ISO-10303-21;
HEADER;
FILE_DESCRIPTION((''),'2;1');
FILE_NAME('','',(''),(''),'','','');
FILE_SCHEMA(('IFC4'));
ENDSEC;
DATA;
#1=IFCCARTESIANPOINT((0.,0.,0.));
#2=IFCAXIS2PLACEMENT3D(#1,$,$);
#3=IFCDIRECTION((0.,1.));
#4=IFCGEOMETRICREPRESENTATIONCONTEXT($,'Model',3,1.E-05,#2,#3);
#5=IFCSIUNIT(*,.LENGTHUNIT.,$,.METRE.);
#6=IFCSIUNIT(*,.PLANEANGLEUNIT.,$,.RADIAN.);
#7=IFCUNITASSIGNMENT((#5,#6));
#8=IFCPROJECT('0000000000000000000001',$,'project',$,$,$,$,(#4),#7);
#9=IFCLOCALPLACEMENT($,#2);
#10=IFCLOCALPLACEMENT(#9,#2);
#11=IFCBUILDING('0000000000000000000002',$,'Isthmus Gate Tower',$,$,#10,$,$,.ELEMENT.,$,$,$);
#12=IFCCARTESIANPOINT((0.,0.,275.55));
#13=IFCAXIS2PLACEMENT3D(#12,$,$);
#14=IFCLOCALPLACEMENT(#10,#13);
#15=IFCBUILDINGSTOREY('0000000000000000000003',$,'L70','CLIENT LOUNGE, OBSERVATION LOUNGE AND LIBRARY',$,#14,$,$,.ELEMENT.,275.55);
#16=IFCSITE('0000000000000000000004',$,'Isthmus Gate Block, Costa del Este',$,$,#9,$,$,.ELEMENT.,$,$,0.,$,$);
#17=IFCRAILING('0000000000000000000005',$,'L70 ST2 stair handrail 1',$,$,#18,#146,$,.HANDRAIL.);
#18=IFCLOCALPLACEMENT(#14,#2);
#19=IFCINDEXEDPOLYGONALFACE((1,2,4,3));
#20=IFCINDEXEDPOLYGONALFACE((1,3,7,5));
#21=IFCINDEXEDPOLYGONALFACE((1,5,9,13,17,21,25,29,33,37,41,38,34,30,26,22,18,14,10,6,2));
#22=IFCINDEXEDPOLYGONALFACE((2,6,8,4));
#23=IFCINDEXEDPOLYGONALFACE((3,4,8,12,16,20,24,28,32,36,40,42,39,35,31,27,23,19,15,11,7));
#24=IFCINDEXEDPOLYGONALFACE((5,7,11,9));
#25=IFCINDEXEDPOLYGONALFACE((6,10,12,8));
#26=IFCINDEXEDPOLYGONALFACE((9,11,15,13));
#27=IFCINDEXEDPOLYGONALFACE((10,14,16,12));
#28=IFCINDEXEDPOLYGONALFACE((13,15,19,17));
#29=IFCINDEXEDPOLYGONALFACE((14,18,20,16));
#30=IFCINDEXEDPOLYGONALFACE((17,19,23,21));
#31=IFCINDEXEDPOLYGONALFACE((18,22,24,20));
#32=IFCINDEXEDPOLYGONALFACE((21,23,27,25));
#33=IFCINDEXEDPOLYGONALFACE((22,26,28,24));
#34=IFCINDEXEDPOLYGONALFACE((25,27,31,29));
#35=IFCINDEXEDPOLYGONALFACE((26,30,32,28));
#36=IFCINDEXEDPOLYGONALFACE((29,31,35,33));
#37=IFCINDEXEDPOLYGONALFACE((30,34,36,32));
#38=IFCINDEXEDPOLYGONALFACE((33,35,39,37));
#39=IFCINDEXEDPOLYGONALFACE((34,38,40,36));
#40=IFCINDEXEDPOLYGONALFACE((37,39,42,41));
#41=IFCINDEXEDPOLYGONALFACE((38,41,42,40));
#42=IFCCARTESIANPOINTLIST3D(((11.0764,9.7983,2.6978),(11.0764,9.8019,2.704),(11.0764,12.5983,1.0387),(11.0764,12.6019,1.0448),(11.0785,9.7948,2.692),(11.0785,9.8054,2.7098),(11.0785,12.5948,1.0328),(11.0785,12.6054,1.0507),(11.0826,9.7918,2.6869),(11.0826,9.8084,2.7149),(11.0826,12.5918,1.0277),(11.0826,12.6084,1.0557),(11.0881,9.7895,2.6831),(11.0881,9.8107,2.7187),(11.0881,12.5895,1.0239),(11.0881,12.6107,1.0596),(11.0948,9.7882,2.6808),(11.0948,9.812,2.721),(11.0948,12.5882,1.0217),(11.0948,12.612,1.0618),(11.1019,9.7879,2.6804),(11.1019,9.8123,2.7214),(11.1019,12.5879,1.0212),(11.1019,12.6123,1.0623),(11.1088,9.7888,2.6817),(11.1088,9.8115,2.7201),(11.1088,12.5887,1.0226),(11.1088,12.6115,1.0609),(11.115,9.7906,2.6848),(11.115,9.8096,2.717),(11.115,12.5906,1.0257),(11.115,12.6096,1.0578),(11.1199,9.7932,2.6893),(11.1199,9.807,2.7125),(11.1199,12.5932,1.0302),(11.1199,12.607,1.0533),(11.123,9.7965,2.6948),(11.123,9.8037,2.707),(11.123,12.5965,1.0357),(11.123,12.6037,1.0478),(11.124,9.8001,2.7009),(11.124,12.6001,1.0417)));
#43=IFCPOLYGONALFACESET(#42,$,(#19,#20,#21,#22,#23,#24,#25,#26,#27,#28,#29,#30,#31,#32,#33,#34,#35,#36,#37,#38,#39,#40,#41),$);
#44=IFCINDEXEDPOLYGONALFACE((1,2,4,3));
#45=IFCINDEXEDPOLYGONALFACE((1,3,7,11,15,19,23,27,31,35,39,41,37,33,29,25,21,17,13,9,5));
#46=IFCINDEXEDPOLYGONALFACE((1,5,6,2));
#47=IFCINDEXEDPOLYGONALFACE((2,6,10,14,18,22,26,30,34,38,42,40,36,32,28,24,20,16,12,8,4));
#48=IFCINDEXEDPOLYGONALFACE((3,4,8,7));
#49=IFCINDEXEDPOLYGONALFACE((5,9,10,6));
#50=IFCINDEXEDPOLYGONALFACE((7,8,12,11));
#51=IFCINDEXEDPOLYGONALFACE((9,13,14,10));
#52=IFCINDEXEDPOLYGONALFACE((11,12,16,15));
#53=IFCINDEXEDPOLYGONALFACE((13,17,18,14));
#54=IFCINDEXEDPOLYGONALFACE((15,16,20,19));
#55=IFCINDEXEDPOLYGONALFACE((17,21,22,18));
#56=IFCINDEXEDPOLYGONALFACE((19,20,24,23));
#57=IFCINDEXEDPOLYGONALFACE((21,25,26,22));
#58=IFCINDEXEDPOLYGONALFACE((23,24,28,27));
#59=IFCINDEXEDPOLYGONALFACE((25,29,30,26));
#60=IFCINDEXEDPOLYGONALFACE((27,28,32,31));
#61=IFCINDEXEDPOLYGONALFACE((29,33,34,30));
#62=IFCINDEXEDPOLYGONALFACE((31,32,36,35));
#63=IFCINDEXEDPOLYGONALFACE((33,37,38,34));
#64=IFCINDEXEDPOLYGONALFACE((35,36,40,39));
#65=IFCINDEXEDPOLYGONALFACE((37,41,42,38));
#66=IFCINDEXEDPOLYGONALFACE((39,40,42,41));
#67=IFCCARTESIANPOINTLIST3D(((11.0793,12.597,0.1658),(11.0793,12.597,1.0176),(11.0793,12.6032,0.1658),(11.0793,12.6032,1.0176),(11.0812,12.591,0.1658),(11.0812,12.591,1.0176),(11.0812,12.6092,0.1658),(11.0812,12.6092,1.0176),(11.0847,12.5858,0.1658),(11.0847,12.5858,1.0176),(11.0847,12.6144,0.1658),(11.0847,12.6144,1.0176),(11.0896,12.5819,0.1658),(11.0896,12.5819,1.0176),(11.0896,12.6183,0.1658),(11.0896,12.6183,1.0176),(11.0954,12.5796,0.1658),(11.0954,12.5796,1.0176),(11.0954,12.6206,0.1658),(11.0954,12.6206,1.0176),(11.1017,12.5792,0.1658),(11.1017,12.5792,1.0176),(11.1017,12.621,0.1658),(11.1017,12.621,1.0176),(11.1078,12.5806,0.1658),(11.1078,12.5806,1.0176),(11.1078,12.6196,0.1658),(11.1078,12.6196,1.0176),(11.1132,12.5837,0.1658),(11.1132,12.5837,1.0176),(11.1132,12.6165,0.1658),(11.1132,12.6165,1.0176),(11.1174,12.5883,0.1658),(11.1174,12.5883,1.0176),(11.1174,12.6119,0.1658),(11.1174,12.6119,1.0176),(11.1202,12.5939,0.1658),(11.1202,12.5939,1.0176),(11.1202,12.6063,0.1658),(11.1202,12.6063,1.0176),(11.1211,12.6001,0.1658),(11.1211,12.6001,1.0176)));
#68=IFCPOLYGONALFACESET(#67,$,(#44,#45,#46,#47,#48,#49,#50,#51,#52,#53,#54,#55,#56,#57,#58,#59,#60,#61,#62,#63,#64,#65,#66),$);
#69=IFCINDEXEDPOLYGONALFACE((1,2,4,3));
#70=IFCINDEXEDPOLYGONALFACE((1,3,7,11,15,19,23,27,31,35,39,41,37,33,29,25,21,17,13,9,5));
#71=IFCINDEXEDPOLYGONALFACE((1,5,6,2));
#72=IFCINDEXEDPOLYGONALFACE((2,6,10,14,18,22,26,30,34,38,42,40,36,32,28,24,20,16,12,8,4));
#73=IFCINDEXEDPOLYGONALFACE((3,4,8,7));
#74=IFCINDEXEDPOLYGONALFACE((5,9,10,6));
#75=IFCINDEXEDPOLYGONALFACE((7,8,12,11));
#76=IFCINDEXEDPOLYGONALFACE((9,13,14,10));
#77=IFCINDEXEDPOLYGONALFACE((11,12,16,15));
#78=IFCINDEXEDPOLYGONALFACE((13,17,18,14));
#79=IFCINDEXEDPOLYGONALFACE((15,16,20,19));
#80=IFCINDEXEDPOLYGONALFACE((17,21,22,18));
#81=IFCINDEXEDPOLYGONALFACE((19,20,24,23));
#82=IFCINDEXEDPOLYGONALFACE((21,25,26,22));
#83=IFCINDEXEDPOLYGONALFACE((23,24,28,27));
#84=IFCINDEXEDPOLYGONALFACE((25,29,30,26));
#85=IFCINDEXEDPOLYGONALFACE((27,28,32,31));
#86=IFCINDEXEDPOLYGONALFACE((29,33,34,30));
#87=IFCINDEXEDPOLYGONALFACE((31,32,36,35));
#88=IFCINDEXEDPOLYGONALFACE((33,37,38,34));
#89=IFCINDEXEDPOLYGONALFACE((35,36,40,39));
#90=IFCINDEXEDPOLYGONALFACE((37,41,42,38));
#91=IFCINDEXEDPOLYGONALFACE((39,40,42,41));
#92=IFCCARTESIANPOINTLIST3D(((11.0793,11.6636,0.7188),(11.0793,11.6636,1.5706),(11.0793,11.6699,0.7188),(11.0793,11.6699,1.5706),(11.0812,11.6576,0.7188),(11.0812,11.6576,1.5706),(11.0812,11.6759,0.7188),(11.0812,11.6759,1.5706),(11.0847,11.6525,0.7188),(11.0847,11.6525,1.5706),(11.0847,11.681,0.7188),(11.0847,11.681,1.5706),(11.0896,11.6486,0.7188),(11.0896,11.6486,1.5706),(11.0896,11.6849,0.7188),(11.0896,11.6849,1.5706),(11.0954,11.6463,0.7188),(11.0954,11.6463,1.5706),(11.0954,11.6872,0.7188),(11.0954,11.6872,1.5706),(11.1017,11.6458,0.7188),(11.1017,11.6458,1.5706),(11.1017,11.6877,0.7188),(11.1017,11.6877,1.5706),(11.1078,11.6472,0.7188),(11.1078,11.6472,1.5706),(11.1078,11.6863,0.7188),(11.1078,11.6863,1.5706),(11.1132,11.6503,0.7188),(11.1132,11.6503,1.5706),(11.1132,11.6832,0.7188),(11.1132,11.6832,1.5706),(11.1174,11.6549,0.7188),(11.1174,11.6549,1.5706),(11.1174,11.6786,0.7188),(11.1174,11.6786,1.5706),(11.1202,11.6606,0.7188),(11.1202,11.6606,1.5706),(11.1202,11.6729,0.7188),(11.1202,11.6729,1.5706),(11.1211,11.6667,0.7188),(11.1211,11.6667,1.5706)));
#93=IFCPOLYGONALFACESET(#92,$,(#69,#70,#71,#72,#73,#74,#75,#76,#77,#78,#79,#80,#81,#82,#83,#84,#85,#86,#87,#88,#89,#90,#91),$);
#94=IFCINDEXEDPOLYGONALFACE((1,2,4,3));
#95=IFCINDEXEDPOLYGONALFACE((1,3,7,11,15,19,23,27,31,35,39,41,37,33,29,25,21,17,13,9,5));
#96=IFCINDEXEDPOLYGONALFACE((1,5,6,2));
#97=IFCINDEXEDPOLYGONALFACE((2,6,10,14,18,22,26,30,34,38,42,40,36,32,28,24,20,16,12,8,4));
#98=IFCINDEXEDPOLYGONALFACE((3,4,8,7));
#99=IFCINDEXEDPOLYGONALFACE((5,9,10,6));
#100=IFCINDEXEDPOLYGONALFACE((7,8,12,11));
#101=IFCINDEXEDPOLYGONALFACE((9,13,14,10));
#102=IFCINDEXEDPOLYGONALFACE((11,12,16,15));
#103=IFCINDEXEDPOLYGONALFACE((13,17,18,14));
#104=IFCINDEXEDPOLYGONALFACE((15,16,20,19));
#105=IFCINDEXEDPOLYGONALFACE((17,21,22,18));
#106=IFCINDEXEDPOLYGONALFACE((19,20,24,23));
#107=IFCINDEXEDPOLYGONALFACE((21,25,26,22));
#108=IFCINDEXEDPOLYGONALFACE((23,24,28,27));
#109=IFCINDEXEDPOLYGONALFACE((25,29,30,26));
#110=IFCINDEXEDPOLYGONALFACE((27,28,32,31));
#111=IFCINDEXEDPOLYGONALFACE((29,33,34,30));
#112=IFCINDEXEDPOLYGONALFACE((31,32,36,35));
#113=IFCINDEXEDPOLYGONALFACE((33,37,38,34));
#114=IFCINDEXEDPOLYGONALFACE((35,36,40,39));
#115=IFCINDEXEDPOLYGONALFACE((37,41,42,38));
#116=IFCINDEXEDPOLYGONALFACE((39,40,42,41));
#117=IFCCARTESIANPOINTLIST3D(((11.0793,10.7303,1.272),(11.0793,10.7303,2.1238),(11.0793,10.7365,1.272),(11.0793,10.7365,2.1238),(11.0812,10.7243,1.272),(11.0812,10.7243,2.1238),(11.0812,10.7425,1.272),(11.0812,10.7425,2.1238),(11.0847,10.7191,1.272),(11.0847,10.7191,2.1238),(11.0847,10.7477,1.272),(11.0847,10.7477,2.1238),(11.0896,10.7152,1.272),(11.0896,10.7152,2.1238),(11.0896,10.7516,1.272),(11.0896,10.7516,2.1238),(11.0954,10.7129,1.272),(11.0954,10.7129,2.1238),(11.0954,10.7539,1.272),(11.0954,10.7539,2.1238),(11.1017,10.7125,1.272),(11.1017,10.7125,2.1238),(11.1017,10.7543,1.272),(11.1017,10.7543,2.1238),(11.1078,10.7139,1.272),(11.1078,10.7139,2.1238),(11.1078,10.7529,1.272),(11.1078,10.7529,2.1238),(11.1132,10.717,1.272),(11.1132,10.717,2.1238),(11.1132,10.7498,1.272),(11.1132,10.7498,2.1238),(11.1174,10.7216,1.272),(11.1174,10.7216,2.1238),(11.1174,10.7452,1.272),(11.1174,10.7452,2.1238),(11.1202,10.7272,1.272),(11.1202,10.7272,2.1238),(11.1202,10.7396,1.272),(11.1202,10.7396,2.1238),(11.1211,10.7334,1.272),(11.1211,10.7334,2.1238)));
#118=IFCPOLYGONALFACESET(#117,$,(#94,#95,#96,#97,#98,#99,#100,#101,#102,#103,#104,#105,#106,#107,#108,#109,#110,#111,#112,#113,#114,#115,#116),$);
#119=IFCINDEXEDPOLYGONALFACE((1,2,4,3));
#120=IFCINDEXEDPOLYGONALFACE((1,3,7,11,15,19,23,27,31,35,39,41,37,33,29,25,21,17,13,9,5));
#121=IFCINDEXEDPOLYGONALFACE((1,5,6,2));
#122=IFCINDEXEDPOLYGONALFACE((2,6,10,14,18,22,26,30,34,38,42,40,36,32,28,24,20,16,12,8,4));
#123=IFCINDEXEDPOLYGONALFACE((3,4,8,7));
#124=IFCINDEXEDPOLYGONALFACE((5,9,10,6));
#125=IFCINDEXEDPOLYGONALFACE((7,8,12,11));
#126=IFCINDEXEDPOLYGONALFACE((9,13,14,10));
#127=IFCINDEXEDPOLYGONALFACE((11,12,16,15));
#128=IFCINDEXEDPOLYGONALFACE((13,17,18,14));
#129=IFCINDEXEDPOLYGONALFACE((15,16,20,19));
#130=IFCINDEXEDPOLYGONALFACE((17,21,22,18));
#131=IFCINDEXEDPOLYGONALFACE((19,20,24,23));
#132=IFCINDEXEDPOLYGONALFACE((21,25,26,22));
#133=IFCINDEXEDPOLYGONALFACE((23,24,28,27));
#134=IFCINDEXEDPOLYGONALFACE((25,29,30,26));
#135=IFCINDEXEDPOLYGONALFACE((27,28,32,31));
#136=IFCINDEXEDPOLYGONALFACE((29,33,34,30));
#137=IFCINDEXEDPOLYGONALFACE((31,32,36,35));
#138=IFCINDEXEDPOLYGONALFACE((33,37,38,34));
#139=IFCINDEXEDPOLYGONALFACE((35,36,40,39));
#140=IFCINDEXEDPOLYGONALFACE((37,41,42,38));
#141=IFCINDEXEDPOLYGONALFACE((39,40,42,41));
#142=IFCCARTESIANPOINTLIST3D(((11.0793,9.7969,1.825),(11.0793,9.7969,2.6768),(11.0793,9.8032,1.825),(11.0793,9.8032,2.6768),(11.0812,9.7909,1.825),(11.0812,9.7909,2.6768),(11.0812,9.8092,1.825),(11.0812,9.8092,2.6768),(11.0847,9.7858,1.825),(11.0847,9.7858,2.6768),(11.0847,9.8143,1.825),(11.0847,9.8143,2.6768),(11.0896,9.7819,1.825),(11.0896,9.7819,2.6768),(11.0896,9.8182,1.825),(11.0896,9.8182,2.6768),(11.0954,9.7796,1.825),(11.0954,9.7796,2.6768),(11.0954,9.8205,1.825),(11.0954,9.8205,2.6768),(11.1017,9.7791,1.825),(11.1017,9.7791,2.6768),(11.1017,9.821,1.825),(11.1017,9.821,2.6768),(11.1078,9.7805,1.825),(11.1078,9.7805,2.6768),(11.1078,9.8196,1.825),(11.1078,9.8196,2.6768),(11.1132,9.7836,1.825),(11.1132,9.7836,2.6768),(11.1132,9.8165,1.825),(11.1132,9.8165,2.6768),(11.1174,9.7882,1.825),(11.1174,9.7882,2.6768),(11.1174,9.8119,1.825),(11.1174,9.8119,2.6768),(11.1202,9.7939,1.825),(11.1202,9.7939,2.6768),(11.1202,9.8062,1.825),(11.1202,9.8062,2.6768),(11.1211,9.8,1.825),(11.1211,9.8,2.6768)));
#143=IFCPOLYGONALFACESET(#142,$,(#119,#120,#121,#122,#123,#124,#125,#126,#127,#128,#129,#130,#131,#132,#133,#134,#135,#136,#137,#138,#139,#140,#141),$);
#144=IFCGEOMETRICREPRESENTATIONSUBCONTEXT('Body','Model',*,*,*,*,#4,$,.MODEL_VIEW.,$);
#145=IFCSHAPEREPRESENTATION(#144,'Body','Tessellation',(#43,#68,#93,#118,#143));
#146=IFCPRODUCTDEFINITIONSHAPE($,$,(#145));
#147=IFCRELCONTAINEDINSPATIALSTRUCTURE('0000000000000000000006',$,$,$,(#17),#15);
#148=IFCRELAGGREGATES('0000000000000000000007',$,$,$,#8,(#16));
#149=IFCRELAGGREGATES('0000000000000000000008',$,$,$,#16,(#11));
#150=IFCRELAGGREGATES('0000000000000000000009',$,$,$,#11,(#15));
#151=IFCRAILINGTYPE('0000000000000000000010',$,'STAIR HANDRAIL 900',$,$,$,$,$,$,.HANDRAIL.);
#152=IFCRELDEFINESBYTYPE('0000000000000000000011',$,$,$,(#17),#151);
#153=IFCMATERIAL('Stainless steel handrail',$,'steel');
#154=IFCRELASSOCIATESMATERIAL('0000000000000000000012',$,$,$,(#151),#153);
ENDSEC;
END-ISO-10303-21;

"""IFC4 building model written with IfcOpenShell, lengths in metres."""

from ifc_helpers import new_model, si_unit, direction, frame, origin, origin_2d, place, context, subcontext, project, spatial, circle, extrude, material, type_object, element, save


model = new_model("IFC4")

# Units and contexts
model_context = context("Model", 3, precision=1e-05, world=origin(), true_north=direction((0.0, 1.0)))
body_context = subcontext(model_context, "Body", "Model", "MODEL_VIEW")
ifc_project = project(units=[si_unit("LENGTHUNIT", "METRE"), si_unit("PLANEANGLEUNIT", "RADIAN")], contexts=[model_context])

# Site, building, storey
site_placement = place(None, origin())
site = spatial("IfcSite", under=ifc_project, at=site_placement, Name="Isthmus Gate Block, Costa del Este", CompositionType="ELEMENT", RefElevation=0.0)
building_placement = place(site_placement, origin())
building = spatial("IfcBuilding", under=site, at=building_placement, Name="Isthmus Gate Tower", CompositionType="ELEMENT")
storey_placement = place(building_placement, frame((0.0, 0.0, 275.55)))
storey = spatial("IfcBuildingStorey", under=building, at=storey_placement, Name="L70", Description="CLIENT LOUNGE, OBSERVATION LOUNGE AND LIBRARY", CompositionType="ELEMENT", Elevation=275.55)

# Railing
ifc_material_1 = material(Name="Stainless steel handrail", Category="steel")
railing_type = type_object("IfcRailingType", Name="STAIR HANDRAIL 900", PredefinedType="HANDRAIL", material=ifc_material_1)
railing_1_placement = place(storey_placement, frame((11.1001, 12.6001, 0.1658)))
element("IfcRailing", 1, at=railing_1_placement, inside=storey, type_object=railing_type, Name="L70 ST2 stair handrail 1", PredefinedType="HANDRAIL", context=body_context, shape_type="SweptSolid", body=[
    extrude(circle(Radius=0.0239, at=origin_2d()), frame((0.0, 0.0, 0.876), z_axis=(0.0, -0.860306, 0.509778), x_axis=(1.0, 0.0, 0.0)), (0.0, 0.0, 1.0), 3.2546),
    extrude(circle(Radius=0.021, at=origin_2d()), origin(), (0.0, 0.0, 1.0), 0.8518),
    extrude(circle(Radius=0.021, at=origin_2d()), frame((0.0, -0.9333, 0.553)), (0.0, 0.0, 1.0), 0.8518),
    extrude(circle(Radius=0.021, at=origin_2d()), frame((0.0, -1.8667, 1.1062)), (0.0, 0.0, 1.0), 0.8518),
    extrude(circle(Radius=0.021, at=origin_2d()), frame((0.0, -2.8, 1.6592)), (0.0, 0.0, 1.0), 0.8518),
])

save(model, "model.ifc")
